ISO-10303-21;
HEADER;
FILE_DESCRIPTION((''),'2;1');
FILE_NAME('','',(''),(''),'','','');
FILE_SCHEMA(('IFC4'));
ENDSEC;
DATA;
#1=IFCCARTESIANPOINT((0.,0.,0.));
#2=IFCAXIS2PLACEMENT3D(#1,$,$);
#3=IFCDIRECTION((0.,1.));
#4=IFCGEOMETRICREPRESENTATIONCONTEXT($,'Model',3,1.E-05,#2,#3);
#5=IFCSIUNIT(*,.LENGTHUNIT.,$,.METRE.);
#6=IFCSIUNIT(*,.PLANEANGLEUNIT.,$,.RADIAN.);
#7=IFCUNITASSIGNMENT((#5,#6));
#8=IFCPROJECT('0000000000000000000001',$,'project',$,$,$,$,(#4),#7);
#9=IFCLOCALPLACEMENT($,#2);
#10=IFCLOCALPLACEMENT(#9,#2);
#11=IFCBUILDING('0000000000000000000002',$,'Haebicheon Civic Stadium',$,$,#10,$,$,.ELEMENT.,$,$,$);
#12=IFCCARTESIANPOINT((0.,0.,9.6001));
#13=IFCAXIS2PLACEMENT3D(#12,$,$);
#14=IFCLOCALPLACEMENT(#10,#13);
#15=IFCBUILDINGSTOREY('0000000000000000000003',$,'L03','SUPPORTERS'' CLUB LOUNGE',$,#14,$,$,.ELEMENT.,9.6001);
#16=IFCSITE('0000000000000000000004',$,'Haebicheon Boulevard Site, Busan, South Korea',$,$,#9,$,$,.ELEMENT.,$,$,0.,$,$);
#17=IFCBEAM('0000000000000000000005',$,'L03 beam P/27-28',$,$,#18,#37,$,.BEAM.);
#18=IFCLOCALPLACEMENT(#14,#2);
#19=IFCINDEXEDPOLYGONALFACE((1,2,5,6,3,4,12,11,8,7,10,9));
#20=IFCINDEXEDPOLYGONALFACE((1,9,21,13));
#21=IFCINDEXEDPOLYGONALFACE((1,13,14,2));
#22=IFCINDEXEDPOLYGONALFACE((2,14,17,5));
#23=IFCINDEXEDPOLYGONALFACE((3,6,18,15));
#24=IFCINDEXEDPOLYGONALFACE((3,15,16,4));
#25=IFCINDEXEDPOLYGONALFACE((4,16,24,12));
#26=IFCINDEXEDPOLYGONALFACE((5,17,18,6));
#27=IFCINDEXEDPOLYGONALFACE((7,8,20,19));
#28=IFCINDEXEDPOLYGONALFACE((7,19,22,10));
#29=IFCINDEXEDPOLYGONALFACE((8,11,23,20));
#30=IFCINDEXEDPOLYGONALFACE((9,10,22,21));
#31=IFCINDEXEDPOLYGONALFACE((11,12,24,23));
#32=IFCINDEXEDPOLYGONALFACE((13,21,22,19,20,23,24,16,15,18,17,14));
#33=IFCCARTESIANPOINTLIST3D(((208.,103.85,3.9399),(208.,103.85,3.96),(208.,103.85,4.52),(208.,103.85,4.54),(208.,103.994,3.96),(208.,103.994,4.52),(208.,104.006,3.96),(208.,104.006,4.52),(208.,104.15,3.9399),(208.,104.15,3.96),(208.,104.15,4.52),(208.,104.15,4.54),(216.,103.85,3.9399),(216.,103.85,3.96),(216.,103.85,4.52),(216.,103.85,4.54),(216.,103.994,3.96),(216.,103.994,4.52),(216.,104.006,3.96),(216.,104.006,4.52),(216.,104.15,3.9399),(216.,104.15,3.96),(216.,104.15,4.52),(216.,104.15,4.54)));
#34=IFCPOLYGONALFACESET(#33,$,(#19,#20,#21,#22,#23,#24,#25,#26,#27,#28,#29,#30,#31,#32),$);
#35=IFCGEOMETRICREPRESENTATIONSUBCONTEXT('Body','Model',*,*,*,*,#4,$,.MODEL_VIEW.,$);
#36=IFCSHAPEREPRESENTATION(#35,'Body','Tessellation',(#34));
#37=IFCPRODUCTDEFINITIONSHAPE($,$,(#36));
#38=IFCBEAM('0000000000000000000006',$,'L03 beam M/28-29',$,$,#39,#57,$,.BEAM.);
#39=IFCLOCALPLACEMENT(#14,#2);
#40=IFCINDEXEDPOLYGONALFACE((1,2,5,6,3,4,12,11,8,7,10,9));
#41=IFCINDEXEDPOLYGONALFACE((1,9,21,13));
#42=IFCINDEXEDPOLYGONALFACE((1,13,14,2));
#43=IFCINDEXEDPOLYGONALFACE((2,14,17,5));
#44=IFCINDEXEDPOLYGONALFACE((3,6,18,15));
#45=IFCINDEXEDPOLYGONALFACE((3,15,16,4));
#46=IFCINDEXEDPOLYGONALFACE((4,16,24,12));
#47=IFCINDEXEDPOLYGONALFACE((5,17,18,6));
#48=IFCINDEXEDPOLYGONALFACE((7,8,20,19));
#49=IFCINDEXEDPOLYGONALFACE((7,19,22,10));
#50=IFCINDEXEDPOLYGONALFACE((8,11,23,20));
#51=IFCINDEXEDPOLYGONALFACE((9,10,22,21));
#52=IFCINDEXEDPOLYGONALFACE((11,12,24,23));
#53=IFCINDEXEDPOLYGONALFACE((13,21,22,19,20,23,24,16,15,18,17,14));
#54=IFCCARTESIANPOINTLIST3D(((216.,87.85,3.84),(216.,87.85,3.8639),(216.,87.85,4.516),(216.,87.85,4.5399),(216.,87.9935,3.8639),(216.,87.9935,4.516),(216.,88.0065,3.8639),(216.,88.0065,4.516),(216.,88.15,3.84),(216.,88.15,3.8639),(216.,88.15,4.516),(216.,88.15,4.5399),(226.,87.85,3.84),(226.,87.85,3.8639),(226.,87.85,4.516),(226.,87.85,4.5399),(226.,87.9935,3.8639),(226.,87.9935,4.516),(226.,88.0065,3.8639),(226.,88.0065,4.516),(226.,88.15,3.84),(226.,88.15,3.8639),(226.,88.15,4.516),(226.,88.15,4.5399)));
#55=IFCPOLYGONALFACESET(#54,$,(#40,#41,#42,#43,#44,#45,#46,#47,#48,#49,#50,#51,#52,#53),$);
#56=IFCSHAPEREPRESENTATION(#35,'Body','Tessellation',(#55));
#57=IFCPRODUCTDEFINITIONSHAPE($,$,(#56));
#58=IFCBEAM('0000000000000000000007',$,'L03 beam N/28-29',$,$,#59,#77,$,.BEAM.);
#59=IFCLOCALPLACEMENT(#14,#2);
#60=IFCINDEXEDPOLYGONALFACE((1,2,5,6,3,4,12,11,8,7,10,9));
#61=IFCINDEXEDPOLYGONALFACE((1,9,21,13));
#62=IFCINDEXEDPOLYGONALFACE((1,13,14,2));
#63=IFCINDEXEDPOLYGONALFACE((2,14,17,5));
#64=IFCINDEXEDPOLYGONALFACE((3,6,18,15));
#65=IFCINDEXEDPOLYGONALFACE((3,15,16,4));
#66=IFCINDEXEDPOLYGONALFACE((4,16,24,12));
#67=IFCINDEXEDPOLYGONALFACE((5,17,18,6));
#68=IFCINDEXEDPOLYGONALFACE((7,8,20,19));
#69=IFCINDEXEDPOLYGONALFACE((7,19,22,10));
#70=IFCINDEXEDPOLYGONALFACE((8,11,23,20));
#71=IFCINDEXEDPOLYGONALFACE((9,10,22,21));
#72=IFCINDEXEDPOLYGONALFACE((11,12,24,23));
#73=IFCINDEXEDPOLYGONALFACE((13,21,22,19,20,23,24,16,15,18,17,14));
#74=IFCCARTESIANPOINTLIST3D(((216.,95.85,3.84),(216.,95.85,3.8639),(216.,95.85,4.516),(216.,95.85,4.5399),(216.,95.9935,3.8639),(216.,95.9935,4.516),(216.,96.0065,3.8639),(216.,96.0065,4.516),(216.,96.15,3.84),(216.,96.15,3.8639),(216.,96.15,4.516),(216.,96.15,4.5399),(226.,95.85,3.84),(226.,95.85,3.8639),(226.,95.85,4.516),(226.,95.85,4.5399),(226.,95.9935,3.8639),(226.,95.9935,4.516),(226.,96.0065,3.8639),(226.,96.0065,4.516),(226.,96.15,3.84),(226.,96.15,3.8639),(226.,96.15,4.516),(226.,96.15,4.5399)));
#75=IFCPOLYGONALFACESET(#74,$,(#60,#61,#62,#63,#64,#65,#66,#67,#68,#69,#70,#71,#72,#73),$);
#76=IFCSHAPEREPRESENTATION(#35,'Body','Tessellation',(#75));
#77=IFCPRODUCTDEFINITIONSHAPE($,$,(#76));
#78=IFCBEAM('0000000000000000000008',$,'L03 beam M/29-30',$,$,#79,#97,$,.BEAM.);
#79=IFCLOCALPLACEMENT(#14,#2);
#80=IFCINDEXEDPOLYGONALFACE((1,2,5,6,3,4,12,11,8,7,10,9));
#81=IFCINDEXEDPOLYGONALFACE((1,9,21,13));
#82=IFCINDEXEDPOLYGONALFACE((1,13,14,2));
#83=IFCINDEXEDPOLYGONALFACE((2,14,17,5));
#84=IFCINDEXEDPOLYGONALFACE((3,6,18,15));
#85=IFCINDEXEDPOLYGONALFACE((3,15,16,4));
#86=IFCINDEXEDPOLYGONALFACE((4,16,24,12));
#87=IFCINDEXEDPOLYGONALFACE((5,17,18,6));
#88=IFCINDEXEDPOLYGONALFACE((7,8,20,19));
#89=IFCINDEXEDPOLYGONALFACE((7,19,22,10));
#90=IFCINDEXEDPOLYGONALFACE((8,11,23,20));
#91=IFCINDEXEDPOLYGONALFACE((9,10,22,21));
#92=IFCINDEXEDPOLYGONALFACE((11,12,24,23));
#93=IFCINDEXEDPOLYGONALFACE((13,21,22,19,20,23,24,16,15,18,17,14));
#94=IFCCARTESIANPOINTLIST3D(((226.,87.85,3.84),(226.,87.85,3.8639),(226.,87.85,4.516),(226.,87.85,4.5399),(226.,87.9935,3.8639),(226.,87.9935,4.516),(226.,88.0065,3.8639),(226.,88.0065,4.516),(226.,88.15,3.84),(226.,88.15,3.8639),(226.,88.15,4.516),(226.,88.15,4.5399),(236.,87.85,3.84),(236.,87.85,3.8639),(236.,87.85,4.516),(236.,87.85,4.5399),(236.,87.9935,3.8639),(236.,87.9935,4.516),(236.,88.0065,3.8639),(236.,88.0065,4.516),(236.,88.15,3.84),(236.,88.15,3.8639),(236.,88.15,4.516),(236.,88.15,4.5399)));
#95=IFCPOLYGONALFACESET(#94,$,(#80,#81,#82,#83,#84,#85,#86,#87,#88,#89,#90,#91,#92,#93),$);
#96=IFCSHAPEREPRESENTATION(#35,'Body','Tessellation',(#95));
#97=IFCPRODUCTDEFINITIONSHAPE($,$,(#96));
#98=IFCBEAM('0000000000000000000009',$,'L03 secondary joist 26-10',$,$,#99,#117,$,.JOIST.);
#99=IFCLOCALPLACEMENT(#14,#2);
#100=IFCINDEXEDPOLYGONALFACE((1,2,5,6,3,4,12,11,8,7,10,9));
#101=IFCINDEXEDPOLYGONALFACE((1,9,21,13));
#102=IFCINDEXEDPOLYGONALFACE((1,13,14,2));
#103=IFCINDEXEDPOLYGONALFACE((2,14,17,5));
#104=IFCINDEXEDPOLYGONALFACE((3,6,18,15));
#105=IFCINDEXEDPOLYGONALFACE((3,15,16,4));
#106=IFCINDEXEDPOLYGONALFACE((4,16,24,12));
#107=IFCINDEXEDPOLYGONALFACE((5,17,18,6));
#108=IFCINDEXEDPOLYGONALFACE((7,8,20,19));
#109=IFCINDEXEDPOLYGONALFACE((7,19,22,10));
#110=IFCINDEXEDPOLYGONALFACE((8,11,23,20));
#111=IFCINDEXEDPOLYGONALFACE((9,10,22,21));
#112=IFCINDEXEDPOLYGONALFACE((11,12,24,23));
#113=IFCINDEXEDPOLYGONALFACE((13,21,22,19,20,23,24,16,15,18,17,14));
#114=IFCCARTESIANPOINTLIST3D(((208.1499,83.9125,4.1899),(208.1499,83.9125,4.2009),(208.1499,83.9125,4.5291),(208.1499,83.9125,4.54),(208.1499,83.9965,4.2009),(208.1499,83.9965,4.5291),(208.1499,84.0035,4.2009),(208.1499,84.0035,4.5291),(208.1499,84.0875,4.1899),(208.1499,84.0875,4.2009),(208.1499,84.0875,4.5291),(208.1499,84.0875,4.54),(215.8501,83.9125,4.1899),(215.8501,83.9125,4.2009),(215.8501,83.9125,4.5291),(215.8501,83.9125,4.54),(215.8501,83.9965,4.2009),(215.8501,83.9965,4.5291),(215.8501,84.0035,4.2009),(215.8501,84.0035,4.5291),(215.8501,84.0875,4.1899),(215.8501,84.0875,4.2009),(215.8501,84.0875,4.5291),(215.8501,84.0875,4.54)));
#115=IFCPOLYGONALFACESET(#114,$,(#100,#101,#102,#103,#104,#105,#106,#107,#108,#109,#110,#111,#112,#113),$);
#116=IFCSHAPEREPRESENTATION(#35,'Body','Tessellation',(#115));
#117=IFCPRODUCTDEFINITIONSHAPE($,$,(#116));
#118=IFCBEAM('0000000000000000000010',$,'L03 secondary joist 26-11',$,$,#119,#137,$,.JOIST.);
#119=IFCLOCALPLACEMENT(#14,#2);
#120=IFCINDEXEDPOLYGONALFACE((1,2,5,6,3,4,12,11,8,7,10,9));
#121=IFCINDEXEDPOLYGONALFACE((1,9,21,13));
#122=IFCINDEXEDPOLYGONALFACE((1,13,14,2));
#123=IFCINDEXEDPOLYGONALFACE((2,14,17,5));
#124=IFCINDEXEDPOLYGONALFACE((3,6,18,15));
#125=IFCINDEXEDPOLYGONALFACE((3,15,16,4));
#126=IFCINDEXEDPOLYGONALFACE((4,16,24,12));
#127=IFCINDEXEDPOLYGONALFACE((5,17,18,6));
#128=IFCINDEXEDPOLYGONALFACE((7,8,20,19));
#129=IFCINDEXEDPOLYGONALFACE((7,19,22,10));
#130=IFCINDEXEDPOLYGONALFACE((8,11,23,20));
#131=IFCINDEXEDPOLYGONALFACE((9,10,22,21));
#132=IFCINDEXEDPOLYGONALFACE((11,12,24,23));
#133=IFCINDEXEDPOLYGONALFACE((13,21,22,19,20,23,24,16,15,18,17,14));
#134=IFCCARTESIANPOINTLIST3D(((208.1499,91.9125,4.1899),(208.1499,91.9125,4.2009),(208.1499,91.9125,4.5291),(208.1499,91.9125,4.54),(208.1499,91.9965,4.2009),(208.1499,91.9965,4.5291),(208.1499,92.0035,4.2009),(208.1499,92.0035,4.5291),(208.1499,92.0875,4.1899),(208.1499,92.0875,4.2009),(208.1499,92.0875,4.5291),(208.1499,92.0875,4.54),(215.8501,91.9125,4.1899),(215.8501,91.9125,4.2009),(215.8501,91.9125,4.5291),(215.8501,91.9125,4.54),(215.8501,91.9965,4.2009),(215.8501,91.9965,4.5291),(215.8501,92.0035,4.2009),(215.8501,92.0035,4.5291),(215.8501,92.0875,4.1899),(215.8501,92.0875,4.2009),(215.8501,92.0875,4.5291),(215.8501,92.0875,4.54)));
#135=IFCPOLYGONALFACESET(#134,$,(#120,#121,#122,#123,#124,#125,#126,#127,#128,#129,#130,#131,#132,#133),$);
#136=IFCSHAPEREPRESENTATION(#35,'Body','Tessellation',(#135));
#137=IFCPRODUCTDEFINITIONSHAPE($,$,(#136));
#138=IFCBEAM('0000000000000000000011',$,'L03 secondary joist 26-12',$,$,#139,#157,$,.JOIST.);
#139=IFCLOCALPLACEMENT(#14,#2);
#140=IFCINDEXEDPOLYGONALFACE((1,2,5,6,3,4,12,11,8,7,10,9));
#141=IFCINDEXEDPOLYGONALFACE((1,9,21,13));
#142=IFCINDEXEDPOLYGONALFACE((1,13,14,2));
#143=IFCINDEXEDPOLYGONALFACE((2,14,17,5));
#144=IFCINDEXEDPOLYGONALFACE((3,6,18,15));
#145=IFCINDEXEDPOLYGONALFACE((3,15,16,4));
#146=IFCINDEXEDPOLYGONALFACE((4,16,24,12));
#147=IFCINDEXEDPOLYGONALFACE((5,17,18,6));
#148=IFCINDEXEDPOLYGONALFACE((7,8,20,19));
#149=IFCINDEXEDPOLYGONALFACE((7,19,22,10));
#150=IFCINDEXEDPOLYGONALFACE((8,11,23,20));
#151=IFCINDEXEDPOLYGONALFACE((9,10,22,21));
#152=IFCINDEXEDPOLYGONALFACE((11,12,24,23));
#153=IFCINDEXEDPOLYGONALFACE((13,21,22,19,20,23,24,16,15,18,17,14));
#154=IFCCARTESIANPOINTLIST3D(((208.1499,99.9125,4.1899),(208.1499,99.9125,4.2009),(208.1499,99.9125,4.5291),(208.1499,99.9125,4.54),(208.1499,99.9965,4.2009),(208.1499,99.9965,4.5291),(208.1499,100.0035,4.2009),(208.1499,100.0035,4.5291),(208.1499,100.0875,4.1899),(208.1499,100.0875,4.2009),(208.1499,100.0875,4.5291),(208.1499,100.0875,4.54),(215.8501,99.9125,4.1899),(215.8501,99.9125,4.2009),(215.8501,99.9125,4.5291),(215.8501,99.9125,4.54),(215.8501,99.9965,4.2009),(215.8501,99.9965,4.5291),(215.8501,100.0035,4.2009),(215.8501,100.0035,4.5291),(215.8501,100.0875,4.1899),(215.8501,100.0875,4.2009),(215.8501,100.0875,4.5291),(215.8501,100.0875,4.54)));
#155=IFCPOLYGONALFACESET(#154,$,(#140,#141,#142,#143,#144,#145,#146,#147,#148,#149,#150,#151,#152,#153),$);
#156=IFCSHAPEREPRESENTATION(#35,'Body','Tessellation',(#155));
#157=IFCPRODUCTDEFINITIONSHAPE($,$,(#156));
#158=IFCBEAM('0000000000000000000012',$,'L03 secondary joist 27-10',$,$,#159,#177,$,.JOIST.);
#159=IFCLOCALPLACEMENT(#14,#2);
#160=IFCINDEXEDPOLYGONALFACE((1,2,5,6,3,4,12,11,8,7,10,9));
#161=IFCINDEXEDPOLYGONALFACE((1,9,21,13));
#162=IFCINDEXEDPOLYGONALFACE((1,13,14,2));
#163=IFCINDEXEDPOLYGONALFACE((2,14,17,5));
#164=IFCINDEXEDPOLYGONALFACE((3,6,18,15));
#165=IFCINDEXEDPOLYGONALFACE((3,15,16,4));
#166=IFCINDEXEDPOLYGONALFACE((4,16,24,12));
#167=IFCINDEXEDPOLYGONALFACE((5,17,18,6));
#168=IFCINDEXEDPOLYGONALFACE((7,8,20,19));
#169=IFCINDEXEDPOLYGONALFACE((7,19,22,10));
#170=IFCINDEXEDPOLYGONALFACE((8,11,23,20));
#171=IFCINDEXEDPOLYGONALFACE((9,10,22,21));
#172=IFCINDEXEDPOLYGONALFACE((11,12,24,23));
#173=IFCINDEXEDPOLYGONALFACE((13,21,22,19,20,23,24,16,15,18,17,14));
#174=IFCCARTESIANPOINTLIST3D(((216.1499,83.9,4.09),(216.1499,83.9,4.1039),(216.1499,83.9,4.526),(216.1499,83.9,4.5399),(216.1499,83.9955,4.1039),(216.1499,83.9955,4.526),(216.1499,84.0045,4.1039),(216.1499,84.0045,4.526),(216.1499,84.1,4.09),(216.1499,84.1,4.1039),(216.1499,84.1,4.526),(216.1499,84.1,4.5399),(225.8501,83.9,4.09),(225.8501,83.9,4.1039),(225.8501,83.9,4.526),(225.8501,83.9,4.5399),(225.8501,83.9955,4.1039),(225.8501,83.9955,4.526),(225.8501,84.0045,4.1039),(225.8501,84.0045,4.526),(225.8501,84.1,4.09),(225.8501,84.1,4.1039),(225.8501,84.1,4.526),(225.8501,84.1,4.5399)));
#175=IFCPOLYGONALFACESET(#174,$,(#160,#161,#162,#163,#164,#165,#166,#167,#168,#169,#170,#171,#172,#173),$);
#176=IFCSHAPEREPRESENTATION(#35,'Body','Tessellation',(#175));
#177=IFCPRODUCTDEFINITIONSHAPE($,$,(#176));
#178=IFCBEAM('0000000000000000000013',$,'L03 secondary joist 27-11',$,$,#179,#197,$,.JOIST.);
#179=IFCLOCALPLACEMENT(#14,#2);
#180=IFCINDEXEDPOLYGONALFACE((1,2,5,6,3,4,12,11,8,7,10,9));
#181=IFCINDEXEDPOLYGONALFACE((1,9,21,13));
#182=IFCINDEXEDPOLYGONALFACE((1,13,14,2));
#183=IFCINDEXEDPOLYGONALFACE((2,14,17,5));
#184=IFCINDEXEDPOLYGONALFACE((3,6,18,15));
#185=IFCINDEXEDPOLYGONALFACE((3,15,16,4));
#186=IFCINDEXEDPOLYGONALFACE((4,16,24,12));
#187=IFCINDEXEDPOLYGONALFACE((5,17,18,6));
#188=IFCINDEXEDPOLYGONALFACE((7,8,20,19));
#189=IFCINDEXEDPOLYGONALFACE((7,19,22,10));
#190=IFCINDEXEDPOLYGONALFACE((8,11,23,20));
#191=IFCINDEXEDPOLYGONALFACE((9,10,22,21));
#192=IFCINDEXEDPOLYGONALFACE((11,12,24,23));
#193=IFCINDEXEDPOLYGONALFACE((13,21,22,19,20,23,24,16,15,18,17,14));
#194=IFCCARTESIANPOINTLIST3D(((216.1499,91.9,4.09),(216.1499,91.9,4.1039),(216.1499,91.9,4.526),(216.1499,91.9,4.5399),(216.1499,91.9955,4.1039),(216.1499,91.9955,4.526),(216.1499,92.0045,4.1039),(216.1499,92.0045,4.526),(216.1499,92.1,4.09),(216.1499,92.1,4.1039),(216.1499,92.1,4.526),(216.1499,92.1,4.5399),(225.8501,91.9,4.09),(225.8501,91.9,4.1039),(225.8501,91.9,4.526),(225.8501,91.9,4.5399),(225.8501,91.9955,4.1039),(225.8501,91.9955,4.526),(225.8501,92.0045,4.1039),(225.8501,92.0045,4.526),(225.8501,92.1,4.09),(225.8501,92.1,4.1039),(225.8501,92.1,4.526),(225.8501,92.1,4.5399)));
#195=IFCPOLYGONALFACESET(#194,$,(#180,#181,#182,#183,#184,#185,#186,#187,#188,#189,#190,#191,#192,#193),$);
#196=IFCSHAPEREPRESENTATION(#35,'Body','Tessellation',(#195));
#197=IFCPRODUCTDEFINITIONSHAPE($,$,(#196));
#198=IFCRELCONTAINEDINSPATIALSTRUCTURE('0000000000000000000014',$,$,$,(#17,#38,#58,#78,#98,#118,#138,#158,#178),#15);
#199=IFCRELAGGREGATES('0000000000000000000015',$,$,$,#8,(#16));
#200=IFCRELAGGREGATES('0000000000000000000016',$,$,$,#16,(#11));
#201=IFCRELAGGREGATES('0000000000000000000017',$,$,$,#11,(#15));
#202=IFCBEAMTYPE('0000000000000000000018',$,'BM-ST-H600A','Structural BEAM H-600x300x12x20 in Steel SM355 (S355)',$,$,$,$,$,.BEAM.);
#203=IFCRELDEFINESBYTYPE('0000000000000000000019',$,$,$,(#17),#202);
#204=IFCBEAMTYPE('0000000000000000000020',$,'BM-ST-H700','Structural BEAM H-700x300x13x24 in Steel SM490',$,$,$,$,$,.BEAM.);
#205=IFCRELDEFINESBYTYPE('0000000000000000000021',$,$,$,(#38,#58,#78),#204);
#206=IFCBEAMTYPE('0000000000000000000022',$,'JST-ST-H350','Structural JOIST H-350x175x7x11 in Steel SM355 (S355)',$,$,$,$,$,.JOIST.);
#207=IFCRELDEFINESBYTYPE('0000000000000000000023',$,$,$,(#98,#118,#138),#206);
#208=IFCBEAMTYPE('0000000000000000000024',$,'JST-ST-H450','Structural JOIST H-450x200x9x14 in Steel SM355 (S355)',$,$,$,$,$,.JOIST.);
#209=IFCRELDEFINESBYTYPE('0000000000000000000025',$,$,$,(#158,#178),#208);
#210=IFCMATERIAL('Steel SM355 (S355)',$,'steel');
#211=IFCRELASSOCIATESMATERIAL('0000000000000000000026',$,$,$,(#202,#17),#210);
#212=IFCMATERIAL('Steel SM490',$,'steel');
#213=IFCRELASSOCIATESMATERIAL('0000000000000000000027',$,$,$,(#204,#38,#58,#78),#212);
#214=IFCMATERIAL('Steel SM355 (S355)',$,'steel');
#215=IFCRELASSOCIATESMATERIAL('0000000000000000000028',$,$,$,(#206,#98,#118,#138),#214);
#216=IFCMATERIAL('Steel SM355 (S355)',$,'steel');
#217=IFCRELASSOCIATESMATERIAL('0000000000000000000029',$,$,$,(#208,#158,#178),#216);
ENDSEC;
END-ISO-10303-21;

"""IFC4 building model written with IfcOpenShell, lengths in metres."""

from ifc_helpers import new_model, si_unit, direction, frame, origin, origin_2d, place, context, subcontext, project, spatial, i_section, extrude, material, material_profile, profile_set, type_object, element, save


model = new_model("IFC4")

# Units and contexts
model_context = context("Model", 3, precision=1e-05, world=origin(), true_north=direction((0.0, 1.0)))
body_context = subcontext(model_context, "Body", "Model", "MODEL_VIEW")
ifc_project = project(units=[si_unit("LENGTHUNIT", "METRE"), si_unit("PLANEANGLEUNIT", "RADIAN")], contexts=[model_context])

# Site, building, storey
site_placement = place(None, origin())
site = spatial("IfcSite", under=ifc_project, at=site_placement, Name="Haebicheon Boulevard Site, Busan, South Korea", CompositionType="ELEMENT", RefElevation=0.0)
building_placement = place(site_placement, origin())
building = spatial("IfcBuilding", under=site, at=building_placement, Name="Haebicheon Civic Stadium", CompositionType="ELEMENT")
storey_placement = place(building_placement, frame((0.0, 0.0, 9.6001)))
storey = spatial("IfcBuildingStorey", under=building, at=storey_placement, Name="L03", Description="SUPPORTERS' CLUB LOUNGE", CompositionType="ELEMENT", Elevation=9.6001)

# Beams
ifc_material_1 = material(Name="Steel SM355 (S355)", Category="steel")
ifc_material_profile_1 = material_profile(ifc_material_1, i_section(OverallWidth=0.3, OverallDepth=0.6001, WebThickness=0.012, FlangeThickness=0.02, at=origin_2d()), Name="H-600x300x12x20")
ifc_profile_set_1 = profile_set([ifc_material_profile_1], Name="Steel SM355 (S355)")
beam_type_1 = type_object("IfcBeamType", Name="BM-ST-H600A", Description="Structural BEAM H-600x300x12x20 in Steel SM355 (S355)", PredefinedType="BEAM", material=ifc_profile_set_1)
for number, where, z_axis, x_axis, name in (
    (1, (208.0, 104.0, 4.24), (1.0, 0.0, 0.0), (0.0, 1.0, 0.0), "L03 beam P/27-28"),
):
    element("IfcBeam", number, at=place(storey_placement, frame(where, z_axis=z_axis, x_axis=x_axis)), inside=storey, type_object=beam_type_1, material=ifc_profile_set_1, Name=name, PredefinedType="BEAM", context=body_context, shape_type="SweptSolid", body=[
        extrude(i_section(OverallWidth=0.3, OverallDepth=0.6001, WebThickness=0.012, FlangeThickness=0.02, at=origin_2d()), origin(), (0.0, 0.0, 1.0), 8.0),
    ])
ifc_material_2 = material(Name="Steel SM490", Category="steel")
ifc_material_profile_2 = material_profile(ifc_material_2, i_section(OverallWidth=0.3, OverallDepth=0.7, WebThickness=0.0129, FlangeThickness=0.0239, at=origin_2d()), Name="H-700x300x13x24")
ifc_profile_set_2 = profile_set([ifc_material_profile_2], Name="Steel SM490")
beam_type_2 = type_object("IfcBeamType", Name="BM-ST-H700", Description="Structural BEAM H-700x300x13x24 in Steel SM490", PredefinedType="BEAM", material=ifc_profile_set_2)
for number, where, z_axis, x_axis, name in (
    (2, (216.0, 88.0, 4.1899), (1.0, 0.0, 0.0), (0.0, 1.0, 0.0), "L03 beam M/28-29"),
    (3, (216.0, 96.0, 4.1899), (1.0, 0.0, 0.0), (0.0, 1.0, 0.0), "L03 beam N/28-29"),
    (4, (226.0, 88.0, 4.1899), (1.0, 0.0, 0.0), (0.0, 1.0, 0.0), "L03 beam M/29-30"),
):
    element("IfcBeam", number, at=place(storey_placement, frame(where, z_axis=z_axis, x_axis=x_axis)), inside=storey, type_object=beam_type_2, material=ifc_profile_set_2, Name=name, PredefinedType="BEAM", context=body_context, shape_type="SweptSolid", body=[
        extrude(i_section(OverallWidth=0.3, OverallDepth=0.7, WebThickness=0.0129, FlangeThickness=0.0239, at=origin_2d()), origin(), (0.0, 0.0, 1.0), 10.0),
    ])
ifc_material_3 = material(Name="Steel SM355 (S355)", Category="steel")
ifc_material_profile_3 = material_profile(ifc_material_3, i_section(OverallWidth=0.175, OverallDepth=0.3501, WebThickness=0.0071, FlangeThickness=0.011, at=origin_2d()), Name="H-350x175x7x11")
ifc_profile_set_3 = profile_set([ifc_material_profile_3], Name="Steel SM355 (S355)")
beam_type_3 = type_object("IfcBeamType", Name="JST-ST-H350", Description="Structural JOIST H-350x175x7x11 in Steel SM355 (S355)", PredefinedType="JOIST", material=ifc_profile_set_3)
for number, where, z_axis, x_axis, name in (
    (5, (208.1499, 84.0, 4.365), (1.0, 0.0, 0.0), (0.0, 1.0, 0.0), "L03 secondary joist 26-10"),
    (6, (208.1499, 92.0, 4.365), (1.0, 0.0, 0.0), (0.0, 1.0, 0.0), "L03 secondary joist 26-11"),
    (7, (208.1499, 100.0, 4.365), (1.0, 0.0, 0.0), (0.0, 1.0, 0.0), "L03 secondary joist 26-12"),
):
    element("IfcBeam", number, at=place(storey_placement, frame(where, z_axis=z_axis, x_axis=x_axis)), inside=storey, type_object=beam_type_3, material=ifc_profile_set_3, Name=name, PredefinedType="JOIST", context=body_context, shape_type="SweptSolid", body=[
        extrude(i_section(OverallWidth=0.175, OverallDepth=0.3501, WebThickness=0.0071, FlangeThickness=0.011, at=origin_2d()), origin(), (0.0, 0.0, 1.0), 7.7002),
    ])
ifc_material_4 = material(Name="Steel SM355 (S355)", Category="steel")
ifc_material_profile_4 = material_profile(ifc_material_4, i_section(OverallWidth=0.2, OverallDepth=0.45, WebThickness=0.009, FlangeThickness=0.0139, at=origin_2d()), Name="H-450x200x9x14")
ifc_profile_set_4 = profile_set([ifc_material_profile_4], Name="Steel SM355 (S355)")
beam_type_4 = type_object("IfcBeamType", Name="JST-ST-H450", Description="Structural JOIST H-450x200x9x14 in Steel SM355 (S355)", PredefinedType="JOIST", material=ifc_profile_set_4)
for number, where, z_axis, x_axis, name in (
    (8, (216.1499, 84.0, 4.3149), (1.0, 0.0, 0.0), (0.0, 1.0, 0.0), "L03 secondary joist 27-10"),
    (9, (216.1499, 92.0, 4.3149), (1.0, 0.0, 0.0), (0.0, 1.0, 0.0), "L03 secondary joist 27-11"),
):
    element("IfcBeam", number, at=place(storey_placement, frame(where, z_axis=z_axis, x_axis=x_axis)), inside=storey, type_object=beam_type_4, material=ifc_profile_set_4, Name=name, PredefinedType="JOIST", context=body_context, shape_type="SweptSolid", body=[
        extrude(i_section(OverallWidth=0.2, OverallDepth=0.45, WebThickness=0.009, FlangeThickness=0.0139, at=origin_2d()), origin(), (0.0, 0.0, 1.0), 9.7002),
    ])

save(model, "model.ifc")
